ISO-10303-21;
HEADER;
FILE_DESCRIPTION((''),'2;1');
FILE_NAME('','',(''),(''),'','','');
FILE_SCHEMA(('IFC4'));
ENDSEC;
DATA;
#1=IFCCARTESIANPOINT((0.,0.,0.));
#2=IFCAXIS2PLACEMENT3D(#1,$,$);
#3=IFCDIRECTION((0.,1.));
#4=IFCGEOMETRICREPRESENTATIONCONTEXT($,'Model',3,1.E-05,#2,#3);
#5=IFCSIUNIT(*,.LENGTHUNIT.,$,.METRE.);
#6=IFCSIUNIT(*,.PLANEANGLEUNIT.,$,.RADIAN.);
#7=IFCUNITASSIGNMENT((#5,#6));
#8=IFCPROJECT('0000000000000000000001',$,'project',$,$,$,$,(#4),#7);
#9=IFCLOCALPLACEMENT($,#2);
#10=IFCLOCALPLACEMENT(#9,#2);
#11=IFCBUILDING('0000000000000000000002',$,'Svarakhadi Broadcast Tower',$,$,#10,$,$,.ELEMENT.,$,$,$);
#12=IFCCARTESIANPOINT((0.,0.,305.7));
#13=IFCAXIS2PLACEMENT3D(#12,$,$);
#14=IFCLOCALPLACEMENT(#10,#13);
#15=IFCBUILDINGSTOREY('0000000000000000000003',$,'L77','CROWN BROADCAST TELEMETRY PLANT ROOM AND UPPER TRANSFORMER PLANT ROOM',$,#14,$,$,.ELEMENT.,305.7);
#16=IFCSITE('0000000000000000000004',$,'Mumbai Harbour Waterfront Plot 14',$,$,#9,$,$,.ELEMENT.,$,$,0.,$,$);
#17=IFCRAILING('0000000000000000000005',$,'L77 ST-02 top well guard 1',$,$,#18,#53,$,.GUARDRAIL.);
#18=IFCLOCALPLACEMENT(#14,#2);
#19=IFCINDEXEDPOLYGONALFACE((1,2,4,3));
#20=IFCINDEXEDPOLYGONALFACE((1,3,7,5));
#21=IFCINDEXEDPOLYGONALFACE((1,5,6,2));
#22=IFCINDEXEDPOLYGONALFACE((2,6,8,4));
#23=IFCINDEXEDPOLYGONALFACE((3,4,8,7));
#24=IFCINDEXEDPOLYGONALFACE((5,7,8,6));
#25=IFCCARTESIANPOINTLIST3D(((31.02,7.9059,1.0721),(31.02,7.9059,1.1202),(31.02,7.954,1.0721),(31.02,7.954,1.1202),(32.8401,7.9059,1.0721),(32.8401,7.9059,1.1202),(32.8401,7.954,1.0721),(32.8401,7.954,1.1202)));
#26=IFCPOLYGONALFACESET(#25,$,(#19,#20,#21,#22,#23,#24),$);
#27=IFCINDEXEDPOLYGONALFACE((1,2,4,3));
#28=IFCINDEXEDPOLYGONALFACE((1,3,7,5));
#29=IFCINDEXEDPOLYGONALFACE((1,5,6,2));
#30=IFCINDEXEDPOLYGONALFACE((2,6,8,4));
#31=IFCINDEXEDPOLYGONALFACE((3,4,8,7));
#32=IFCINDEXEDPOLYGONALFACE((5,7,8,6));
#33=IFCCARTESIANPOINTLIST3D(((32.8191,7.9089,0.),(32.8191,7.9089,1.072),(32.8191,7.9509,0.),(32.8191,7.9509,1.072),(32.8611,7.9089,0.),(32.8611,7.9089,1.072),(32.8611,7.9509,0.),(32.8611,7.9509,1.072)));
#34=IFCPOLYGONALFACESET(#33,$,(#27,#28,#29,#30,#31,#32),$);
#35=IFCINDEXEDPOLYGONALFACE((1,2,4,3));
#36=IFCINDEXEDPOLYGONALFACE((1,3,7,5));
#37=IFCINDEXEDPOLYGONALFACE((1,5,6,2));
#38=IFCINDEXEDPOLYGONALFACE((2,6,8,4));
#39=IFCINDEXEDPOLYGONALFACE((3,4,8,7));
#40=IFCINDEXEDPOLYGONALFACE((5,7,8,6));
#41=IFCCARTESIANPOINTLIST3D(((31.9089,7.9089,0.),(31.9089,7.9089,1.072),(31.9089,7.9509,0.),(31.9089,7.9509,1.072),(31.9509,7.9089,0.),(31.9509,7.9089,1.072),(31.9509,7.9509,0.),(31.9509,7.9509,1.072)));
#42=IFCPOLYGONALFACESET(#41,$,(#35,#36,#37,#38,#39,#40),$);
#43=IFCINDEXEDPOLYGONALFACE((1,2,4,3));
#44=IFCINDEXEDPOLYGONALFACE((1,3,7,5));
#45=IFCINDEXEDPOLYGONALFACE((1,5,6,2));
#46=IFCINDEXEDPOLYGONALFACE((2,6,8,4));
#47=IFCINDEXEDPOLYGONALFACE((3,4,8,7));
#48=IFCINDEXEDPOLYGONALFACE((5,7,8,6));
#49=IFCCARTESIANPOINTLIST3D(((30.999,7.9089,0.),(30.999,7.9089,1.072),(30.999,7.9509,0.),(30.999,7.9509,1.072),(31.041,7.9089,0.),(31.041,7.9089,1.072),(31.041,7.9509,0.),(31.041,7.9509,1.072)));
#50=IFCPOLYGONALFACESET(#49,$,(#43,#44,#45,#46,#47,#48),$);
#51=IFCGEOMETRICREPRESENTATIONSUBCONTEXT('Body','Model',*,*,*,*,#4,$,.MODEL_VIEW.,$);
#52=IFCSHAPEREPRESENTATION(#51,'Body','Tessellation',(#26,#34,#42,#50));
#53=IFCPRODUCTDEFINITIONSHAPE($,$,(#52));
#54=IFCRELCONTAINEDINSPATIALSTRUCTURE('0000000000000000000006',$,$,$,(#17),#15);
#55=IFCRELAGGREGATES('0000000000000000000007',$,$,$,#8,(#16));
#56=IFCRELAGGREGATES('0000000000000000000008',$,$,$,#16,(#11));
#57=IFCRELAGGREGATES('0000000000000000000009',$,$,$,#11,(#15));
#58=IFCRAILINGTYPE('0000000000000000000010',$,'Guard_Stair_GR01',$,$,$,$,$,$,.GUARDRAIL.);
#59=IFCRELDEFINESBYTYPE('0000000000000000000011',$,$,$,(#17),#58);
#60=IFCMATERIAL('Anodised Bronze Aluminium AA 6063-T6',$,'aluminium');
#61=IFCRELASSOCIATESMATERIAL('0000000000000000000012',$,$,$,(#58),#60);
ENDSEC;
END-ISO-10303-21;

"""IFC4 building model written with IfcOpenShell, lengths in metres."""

from ifc_helpers import new_model, si_unit, direction, frame, origin, origin_2d, place, context, subcontext, project, spatial, rectangle, extrude, material, type_object, element, save


model = new_model("IFC4")

# Units and contexts
model_context = context("Model", 3, precision=1e-05, world=origin(), true_north=direction((0.0, 1.0)))
body_context = subcontext(model_context, "Body", "Model", "MODEL_VIEW")
ifc_project = project(units=[si_unit("LENGTHUNIT", "METRE"), si_unit("PLANEANGLEUNIT", "RADIAN")], contexts=[model_context])

# Site, building, storey
site_placement = place(None, origin())
site = spatial("IfcSite", under=ifc_project, at=site_placement, Name="Mumbai Harbour Waterfront Plot 14", CompositionType="ELEMENT", RefElevation=0.0)
building_placement = place(site_placement, origin())
building = spatial("IfcBuilding", under=site, at=building_placement, Name="Svarakhadi Broadcast Tower", CompositionType="ELEMENT")
storey_placement = place(building_placement, frame((0.0, 0.0, 305.7)))
storey = spatial("IfcBuildingStorey", under=building, at=storey_placement, Name="L77", Description="CROWN BROADCAST TELEMETRY PLANT ROOM AND UPPER TRANSFORMER PLANT ROOM", CompositionType="ELEMENT", Elevation=305.7)

# Shared definitions
ifc_material_1 = material(Name="Anodised Bronze Aluminium AA 6063-T6", Category="aluminium")

# Railing
railing_type = type_object("IfcRailingType", Name="Guard_Stair_GR01", PredefinedType="GUARDRAIL", material=ifc_material_1)
railing_placement = place(storey_placement, frame((32.8401, 7.9299, 0.0)))
element("IfcRailing", 1, at=railing_placement, inside=storey, type_object=railing_type, Name="L77 ST-02 top well guard 1", PredefinedType="GUARDRAIL", context=body_context, shape_type="SweptSolid", body=[
    extrude(rectangle(XDim=0.0481, YDim=0.0481, at=origin_2d()), frame((0.0, 0.0, 1.0962), z_axis=(-1.0, 0.0, 0.0), x_axis=(0.0, -1.0, 0.0)), (0.0, 0.0, 1.0), 1.8201),
    extrude(rectangle(XDim=0.042, YDim=0.042, at=origin_2d()), origin(), (0.0, 0.0, 1.0), 1.072),
    extrude(rectangle(XDim=0.042, YDim=0.042, at=origin_2d()), frame((-0.9102, 0.0, 0.0)), (0.0, 0.0, 1.0), 1.072),
    extrude(rectangle(XDim=0.042, YDim=0.042, at=origin_2d()), frame((-1.8201, 0.0, 0.0)), (0.0, 0.0, 1.0), 1.072),
])

save(model, "model.ifc")
